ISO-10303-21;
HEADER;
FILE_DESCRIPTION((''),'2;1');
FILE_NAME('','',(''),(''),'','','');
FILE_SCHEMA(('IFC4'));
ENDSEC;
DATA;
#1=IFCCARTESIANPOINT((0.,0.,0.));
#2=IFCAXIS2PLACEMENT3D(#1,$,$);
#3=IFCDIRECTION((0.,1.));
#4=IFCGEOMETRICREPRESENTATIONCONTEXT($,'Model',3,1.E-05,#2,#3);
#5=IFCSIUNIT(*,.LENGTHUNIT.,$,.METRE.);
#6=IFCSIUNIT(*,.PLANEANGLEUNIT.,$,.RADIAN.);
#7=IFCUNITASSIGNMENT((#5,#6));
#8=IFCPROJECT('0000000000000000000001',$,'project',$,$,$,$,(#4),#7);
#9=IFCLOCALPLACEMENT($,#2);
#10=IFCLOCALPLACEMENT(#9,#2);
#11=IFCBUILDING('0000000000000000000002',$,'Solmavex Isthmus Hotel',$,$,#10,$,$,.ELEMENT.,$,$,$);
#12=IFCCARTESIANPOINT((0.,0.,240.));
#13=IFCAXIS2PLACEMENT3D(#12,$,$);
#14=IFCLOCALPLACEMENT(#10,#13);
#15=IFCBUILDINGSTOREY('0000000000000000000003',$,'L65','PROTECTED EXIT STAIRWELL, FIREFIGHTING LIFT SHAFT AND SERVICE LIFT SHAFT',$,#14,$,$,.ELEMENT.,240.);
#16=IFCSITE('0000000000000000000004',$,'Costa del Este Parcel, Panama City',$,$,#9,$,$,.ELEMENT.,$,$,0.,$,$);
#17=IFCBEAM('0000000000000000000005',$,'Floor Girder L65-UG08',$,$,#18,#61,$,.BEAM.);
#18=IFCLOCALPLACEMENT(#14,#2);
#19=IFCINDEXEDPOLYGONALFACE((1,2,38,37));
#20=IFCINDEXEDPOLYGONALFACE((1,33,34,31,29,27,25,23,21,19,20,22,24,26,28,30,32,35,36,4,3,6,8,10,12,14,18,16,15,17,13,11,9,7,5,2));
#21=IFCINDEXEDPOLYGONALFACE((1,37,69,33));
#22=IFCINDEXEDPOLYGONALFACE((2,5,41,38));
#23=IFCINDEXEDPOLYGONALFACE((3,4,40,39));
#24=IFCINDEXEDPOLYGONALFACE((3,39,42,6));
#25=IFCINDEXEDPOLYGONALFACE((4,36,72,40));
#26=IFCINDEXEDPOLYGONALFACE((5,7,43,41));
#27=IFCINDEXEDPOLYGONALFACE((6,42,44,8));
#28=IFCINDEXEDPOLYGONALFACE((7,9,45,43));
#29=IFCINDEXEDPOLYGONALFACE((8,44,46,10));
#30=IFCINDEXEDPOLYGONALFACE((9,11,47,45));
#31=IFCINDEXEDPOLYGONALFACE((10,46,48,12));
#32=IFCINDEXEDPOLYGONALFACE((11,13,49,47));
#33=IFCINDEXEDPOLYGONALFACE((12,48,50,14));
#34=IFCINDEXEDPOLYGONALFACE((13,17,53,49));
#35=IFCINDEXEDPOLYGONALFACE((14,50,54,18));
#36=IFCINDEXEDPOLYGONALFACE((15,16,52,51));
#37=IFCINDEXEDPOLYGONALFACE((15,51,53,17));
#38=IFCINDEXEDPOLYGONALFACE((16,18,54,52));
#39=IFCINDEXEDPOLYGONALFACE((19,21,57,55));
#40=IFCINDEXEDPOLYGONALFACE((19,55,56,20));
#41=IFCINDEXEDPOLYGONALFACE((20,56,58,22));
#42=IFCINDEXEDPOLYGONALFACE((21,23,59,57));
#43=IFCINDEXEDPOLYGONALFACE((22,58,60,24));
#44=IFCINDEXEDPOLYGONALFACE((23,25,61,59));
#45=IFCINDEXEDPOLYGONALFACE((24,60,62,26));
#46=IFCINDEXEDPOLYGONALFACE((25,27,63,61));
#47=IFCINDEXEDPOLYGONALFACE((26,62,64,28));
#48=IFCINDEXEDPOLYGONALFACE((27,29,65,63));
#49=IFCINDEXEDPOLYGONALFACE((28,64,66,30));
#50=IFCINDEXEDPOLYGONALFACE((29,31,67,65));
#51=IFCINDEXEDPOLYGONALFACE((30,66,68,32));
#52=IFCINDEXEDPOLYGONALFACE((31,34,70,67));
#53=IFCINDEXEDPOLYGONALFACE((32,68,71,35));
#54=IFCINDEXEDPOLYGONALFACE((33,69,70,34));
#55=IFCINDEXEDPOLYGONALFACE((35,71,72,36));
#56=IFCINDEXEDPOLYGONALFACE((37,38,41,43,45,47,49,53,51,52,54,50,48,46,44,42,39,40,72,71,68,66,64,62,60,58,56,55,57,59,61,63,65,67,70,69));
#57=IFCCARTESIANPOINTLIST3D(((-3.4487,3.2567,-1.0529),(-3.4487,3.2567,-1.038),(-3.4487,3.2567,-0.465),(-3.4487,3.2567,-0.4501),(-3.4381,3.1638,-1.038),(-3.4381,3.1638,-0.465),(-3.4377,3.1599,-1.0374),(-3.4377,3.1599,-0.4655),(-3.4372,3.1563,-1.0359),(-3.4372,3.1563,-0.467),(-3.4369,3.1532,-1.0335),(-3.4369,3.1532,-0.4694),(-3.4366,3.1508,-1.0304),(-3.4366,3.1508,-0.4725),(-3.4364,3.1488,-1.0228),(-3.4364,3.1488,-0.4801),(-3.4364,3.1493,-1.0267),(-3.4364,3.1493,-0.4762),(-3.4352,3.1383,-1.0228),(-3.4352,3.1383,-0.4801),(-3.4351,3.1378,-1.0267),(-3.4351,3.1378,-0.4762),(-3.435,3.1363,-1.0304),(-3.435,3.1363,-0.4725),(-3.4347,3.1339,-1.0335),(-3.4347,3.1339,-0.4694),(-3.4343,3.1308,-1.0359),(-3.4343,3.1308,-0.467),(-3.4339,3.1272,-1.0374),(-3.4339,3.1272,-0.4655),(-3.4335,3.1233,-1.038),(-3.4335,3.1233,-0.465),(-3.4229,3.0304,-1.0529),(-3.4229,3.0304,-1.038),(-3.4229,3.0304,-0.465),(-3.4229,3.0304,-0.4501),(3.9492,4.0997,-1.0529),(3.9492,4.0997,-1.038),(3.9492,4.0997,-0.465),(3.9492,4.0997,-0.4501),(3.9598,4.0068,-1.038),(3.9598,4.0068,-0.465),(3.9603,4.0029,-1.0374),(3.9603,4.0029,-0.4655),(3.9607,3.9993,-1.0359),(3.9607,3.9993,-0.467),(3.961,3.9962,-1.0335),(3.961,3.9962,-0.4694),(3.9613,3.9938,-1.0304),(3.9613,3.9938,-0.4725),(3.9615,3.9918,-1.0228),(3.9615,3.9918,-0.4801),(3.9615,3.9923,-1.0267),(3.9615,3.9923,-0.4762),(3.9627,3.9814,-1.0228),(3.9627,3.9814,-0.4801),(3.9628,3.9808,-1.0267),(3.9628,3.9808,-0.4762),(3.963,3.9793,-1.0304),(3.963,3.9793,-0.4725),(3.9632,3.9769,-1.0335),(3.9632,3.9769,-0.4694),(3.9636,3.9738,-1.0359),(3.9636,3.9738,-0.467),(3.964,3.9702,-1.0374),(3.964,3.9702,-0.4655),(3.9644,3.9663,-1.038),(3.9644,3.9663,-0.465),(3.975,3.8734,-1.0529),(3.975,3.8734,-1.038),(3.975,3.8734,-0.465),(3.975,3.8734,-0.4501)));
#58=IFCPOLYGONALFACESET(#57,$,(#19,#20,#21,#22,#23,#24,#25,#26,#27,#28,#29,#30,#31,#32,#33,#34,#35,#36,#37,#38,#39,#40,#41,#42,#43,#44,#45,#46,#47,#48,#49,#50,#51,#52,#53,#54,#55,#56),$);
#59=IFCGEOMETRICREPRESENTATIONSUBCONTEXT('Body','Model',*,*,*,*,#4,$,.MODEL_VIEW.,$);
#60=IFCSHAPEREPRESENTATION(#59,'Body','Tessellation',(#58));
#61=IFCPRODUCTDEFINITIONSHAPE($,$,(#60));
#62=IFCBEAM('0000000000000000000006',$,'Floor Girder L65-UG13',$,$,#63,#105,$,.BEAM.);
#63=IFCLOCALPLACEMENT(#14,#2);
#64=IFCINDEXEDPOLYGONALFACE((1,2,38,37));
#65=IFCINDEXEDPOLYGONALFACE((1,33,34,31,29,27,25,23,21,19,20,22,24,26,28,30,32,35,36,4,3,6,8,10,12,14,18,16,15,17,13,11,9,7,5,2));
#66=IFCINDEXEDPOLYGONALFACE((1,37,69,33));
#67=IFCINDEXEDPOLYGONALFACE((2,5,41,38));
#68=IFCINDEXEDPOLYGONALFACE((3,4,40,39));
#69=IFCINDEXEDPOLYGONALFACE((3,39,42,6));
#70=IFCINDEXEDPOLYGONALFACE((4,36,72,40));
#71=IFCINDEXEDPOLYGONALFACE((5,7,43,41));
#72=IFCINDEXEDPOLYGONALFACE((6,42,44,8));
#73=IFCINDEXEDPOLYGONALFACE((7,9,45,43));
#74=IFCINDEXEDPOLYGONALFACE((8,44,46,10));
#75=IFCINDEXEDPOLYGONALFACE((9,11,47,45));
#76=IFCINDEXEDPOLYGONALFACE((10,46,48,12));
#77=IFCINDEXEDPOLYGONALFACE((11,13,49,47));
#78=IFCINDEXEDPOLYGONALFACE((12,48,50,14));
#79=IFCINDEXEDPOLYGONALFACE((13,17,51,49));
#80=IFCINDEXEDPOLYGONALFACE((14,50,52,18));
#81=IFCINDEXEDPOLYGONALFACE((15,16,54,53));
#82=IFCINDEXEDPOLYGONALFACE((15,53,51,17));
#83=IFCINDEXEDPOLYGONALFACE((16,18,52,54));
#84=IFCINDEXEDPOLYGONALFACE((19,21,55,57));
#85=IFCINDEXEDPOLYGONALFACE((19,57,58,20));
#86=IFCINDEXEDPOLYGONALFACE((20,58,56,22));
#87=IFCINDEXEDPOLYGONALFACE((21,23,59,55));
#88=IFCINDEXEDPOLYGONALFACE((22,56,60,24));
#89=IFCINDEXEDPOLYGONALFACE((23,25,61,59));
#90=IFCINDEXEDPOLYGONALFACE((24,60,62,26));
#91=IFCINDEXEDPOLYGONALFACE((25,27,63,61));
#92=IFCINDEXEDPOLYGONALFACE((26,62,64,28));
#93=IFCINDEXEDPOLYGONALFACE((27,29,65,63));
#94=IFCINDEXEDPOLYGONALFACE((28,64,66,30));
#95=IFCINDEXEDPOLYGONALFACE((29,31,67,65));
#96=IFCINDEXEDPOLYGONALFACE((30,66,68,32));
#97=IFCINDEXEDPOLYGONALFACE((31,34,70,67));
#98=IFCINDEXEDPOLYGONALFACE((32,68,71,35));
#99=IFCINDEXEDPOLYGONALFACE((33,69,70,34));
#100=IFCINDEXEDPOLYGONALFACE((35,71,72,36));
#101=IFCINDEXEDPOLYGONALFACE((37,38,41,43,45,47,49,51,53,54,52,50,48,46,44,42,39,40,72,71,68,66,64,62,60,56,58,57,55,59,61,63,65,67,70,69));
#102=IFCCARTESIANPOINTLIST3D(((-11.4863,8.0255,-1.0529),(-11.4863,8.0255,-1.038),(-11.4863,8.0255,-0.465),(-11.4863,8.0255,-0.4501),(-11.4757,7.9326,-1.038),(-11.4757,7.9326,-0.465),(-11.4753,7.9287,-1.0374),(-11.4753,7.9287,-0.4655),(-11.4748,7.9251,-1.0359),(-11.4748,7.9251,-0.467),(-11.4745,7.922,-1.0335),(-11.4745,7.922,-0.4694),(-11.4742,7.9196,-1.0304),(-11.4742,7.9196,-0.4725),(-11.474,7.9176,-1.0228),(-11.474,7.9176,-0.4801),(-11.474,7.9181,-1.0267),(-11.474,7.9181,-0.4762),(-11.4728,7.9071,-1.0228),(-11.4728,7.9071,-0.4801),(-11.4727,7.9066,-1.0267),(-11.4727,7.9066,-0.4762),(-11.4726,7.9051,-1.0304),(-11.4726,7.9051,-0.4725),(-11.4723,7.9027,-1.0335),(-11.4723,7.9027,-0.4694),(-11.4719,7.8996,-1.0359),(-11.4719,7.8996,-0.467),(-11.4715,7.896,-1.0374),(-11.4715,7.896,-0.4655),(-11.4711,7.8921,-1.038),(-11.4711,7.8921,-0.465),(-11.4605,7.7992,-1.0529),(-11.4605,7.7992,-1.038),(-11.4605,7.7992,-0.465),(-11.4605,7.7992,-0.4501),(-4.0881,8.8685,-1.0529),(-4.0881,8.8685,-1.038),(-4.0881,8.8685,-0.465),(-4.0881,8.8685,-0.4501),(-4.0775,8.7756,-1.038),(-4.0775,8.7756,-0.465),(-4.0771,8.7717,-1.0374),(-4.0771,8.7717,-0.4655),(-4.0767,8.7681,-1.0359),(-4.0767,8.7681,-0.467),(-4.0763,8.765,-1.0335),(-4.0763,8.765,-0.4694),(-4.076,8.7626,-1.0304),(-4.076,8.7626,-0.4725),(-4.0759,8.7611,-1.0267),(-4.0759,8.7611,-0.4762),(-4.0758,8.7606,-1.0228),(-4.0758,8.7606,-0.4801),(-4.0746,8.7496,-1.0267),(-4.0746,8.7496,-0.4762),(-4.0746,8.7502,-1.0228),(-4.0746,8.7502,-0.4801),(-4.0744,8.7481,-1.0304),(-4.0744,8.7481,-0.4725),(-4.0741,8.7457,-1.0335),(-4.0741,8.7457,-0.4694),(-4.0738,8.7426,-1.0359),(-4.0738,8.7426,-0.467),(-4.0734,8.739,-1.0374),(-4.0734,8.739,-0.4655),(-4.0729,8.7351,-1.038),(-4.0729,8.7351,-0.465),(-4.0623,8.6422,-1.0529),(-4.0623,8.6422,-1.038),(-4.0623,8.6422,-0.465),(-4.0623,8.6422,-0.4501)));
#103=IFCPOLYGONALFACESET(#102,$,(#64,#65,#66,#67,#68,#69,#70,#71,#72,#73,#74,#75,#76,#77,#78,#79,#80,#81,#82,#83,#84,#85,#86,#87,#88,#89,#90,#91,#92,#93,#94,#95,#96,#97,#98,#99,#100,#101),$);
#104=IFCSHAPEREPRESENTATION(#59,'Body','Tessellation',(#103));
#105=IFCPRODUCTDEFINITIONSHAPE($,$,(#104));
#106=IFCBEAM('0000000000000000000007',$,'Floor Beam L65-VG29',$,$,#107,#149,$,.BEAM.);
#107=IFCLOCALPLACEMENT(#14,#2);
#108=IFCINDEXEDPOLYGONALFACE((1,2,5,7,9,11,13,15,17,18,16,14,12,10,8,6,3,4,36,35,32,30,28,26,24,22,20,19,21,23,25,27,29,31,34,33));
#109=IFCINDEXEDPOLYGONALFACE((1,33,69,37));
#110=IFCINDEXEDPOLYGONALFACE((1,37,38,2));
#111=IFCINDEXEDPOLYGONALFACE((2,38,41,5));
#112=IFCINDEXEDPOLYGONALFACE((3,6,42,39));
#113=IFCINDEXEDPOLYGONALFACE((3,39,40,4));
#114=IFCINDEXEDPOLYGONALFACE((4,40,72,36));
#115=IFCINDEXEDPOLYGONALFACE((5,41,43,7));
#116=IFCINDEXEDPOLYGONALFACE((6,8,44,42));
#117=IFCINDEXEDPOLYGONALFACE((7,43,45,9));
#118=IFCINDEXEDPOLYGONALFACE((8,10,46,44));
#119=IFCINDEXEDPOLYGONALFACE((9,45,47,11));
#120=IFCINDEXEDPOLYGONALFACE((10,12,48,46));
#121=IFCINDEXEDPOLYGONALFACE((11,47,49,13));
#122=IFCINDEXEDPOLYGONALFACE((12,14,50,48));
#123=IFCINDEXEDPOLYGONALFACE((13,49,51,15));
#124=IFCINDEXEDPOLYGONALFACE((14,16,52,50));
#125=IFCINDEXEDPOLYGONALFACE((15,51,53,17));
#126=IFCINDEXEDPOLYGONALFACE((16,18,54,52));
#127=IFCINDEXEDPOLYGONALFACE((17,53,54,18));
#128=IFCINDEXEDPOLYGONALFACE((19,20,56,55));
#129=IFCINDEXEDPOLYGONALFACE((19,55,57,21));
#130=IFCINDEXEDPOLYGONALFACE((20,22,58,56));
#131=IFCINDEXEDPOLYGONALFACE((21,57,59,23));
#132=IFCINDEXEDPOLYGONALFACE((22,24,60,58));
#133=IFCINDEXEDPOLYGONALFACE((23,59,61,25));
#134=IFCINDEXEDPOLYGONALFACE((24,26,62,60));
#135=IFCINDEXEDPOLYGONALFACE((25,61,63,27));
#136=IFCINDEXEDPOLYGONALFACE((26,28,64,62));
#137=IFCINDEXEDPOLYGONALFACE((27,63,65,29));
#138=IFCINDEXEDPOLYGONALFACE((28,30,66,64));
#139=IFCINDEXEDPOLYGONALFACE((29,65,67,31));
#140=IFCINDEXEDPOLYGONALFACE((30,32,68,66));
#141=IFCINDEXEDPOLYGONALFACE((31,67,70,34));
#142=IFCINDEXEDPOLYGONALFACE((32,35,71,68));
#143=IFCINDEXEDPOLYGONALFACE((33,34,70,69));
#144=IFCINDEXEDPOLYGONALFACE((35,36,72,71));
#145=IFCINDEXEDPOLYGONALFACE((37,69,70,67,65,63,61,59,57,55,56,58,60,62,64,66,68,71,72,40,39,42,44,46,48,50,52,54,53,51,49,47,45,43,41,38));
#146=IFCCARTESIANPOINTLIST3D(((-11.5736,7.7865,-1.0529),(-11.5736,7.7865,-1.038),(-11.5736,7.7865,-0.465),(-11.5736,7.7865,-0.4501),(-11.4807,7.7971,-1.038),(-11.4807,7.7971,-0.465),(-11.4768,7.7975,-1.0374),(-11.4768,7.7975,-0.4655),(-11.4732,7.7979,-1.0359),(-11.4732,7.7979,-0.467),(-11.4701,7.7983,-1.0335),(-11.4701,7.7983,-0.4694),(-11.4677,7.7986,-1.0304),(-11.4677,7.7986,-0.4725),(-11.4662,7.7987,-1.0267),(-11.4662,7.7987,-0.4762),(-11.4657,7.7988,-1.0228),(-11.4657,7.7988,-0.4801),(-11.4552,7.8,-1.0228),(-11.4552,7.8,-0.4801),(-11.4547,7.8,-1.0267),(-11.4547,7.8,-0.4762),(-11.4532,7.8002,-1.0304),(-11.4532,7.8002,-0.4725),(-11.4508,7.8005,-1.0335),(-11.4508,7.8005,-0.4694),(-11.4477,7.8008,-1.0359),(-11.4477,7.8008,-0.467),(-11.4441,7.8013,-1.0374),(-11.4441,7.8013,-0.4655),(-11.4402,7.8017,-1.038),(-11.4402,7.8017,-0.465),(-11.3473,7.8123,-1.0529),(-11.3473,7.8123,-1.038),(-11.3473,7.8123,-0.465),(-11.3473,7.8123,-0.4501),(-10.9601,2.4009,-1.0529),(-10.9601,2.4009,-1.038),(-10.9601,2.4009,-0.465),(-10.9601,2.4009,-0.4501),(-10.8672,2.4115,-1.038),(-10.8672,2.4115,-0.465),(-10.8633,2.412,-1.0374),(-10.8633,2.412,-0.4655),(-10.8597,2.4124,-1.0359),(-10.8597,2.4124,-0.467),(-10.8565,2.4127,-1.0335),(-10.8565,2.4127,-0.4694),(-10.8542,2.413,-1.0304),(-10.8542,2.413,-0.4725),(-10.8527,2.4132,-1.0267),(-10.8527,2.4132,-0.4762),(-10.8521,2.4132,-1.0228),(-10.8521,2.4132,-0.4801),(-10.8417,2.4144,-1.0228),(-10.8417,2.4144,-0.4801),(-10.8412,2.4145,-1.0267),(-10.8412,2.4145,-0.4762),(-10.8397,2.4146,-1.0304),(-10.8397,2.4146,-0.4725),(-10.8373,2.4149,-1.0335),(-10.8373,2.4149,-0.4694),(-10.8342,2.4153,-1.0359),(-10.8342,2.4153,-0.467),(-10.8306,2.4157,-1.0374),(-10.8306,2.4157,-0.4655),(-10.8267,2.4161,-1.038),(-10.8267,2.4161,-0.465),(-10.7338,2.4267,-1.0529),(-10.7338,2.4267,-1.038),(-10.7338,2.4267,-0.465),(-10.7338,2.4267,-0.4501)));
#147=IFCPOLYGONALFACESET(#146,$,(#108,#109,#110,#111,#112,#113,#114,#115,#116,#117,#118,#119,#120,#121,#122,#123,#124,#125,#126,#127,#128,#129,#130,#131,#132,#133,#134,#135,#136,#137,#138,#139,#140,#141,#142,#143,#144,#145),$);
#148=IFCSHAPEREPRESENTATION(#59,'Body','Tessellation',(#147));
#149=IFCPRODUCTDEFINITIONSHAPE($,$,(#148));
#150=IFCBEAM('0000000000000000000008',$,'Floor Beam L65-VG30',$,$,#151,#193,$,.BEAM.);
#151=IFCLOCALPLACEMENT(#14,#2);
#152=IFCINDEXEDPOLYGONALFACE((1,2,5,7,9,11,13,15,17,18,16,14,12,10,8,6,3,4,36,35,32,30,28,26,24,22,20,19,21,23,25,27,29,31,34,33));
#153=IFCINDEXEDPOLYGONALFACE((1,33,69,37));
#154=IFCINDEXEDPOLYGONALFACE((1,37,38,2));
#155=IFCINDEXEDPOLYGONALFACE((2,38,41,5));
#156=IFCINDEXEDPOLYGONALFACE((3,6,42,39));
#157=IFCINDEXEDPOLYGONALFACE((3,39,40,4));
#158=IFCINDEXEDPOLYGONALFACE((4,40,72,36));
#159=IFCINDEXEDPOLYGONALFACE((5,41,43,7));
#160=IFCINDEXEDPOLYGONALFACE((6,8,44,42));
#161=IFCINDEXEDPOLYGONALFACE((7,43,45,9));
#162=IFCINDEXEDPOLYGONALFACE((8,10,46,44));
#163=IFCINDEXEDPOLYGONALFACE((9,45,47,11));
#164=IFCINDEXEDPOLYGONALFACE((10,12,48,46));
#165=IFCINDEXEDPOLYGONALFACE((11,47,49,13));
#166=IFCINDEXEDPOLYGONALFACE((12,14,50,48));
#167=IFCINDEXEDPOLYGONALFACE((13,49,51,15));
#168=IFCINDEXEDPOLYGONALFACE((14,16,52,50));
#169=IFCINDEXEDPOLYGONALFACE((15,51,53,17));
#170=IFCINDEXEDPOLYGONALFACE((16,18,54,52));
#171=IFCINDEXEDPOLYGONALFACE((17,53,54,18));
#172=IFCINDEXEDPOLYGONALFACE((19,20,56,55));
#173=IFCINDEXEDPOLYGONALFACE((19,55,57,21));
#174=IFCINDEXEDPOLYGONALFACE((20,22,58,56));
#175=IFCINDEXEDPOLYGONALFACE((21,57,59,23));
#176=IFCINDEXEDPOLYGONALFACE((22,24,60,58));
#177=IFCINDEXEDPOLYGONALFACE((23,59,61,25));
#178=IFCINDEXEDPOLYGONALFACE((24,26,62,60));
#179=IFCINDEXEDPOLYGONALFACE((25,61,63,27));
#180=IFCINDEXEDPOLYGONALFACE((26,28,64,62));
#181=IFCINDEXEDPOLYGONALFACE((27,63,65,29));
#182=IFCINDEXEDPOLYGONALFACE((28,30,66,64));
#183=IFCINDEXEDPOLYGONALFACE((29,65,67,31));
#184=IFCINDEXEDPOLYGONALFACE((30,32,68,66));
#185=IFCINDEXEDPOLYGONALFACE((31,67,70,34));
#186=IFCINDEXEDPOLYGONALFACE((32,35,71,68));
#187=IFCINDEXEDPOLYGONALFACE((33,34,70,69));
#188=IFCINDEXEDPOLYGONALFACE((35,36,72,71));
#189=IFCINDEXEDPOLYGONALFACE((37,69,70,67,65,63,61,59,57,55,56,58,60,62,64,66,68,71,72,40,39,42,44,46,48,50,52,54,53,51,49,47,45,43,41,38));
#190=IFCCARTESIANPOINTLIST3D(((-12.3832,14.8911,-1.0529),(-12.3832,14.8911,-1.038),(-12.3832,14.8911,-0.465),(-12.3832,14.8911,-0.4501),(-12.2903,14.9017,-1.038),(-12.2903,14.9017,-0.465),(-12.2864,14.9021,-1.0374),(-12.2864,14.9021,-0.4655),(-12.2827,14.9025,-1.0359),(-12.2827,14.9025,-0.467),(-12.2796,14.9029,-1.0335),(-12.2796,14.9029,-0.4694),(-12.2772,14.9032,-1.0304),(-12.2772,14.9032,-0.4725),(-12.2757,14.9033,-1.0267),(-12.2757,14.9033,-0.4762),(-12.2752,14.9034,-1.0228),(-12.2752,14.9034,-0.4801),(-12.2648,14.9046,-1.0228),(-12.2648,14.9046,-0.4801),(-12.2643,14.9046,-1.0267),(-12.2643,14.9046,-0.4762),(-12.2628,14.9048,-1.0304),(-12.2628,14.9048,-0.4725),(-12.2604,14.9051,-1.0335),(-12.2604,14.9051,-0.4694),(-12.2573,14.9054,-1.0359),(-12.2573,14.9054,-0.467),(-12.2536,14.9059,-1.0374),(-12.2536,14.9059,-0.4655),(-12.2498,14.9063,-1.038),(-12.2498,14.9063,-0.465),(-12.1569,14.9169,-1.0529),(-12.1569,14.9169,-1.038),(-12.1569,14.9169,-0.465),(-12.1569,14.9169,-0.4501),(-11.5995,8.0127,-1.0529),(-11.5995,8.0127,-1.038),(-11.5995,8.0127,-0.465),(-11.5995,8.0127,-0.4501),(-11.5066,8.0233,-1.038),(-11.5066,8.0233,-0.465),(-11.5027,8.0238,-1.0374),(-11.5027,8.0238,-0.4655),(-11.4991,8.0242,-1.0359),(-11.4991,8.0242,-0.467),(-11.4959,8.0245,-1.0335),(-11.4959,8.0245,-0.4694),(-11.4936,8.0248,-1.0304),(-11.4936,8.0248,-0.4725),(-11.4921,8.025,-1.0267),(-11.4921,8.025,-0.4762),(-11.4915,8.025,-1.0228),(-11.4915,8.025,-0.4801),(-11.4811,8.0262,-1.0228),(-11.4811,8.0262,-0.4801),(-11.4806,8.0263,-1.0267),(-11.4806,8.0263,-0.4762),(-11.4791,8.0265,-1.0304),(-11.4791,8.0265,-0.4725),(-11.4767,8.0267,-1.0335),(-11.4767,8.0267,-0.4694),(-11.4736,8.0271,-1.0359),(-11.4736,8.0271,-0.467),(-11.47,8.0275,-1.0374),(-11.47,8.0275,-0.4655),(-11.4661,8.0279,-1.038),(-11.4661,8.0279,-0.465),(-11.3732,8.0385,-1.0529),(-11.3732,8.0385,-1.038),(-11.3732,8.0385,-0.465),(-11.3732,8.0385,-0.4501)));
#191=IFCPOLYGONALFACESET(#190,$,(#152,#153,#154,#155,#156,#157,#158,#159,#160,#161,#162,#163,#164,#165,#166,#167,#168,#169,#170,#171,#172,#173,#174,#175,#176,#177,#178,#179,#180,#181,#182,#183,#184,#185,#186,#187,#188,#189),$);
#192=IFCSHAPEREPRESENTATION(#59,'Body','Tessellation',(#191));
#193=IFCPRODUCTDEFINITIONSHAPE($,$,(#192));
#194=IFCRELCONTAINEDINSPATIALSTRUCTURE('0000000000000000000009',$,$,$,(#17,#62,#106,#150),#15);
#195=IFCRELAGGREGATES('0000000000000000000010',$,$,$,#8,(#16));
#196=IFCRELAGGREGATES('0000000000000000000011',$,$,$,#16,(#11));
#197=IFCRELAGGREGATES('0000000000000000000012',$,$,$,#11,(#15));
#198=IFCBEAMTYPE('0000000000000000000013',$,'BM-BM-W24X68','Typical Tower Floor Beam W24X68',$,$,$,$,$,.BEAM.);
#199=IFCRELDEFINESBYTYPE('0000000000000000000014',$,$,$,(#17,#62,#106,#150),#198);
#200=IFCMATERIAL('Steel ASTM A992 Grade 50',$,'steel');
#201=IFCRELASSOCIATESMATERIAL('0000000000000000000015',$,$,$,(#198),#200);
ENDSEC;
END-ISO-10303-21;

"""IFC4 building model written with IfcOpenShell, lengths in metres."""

from ifc_helpers import new_model, si_unit, direction, frame, origin, origin_2d, place, context, subcontext, project, spatial, i_section, extrude, material, material_profile, profile_set, type_object, element, save


model = new_model("IFC4")

# Units and contexts
model_context = context("Model", 3, precision=1e-05, world=origin(), true_north=direction((0.0, 1.0)))
body_context = subcontext(model_context, "Body", "Model", "MODEL_VIEW")
ifc_project = project(units=[si_unit("LENGTHUNIT", "METRE"), si_unit("PLANEANGLEUNIT", "RADIAN")], contexts=[model_context])

# Site, building, storey
site_placement = place(None, origin())
site = spatial("IfcSite", under=ifc_project, at=site_placement, Name="Costa del Este Parcel, Panama City", CompositionType="ELEMENT", RefElevation=0.0)
building_placement = place(site_placement, origin())
building = spatial("IfcBuilding", under=site, at=building_placement, Name="Solmavex Isthmus Hotel", CompositionType="ELEMENT")
storey_placement = place(building_placement, frame((0.0, 0.0, 240.0)))
storey = spatial("IfcBuildingStorey", under=building, at=storey_placement, Name="L65", Description="PROTECTED EXIT STAIRWELL, FIREFIGHTING LIFT SHAFT AND SERVICE LIFT SHAFT", CompositionType="ELEMENT", Elevation=240.0)

# Beams
ifc_material_1 = material(Name="Steel ASTM A992 Grade 50", Category="steel")
ifc_material_profile_1 = material_profile(ifc_material_1, i_section(OverallWidth=0.2278, OverallDepth=0.6028, WebThickness=0.0105, FlangeThickness=0.0149, FilletRadius=0.0151, at=origin_2d()), Name="W24X68")
ifc_profile_set_1 = profile_set([ifc_material_profile_1], Name="Steel ASTM A992 Grade 50")
beam_type_1 = type_object("IfcBeamType", Name="BM-BM-W24X68", Description="Typical Tower Floor Beam W24X68", PredefinedType="BEAM", material=ifc_profile_set_1)
beam_1_placement = place(storey_placement, frame((-3.4358, 3.1436, -0.7515), z_axis=(0.99357, 0.11322, 0.0), x_axis=(-0.11322, 0.99357, 0.0)))
element("IfcBeam", 1, at=beam_1_placement, inside=storey, type_object=beam_type_1, Name="Floor Girder L65-UG08", PredefinedType="BEAM", context=body_context, shape_type="SweptSolid", body=[
    extrude(i_section(OverallWidth=0.2278, OverallDepth=0.6028, WebThickness=0.0105, FlangeThickness=0.0149, FilletRadius=0.0151, at=origin_2d()), origin(), (0.0, 0.0, 1.0), 7.4458),
])
beam_2_placement = place(storey_placement, frame((-11.4734, 7.9124, -0.7515), z_axis=(0.99357, 0.113216, 0.0), x_axis=(-0.113216, 0.99357, 0.0)))
element("IfcBeam", 2, at=beam_2_placement, inside=storey, type_object=beam_type_1, Name="Floor Girder L65-UG13", PredefinedType="BEAM", context=body_context, shape_type="SweptSolid", body=[
    extrude(i_section(OverallWidth=0.2278, OverallDepth=0.6028, WebThickness=0.0105, FlangeThickness=0.0149, FilletRadius=0.0151, at=origin_2d()), origin(), (0.0, 0.0, 1.0), 7.446),
])
beam_3_placement = place(storey_placement, frame((-10.8469, 2.4138, -0.7515), z_axis=(-0.11319, 0.993573, 0.0), x_axis=(-0.993573, -0.11319, 0.0)))
element("IfcBeam", 3, at=beam_3_placement, inside=storey, type_object=beam_type_1, Name="Floor Beam L65-VG29", PredefinedType="BEAM", context=body_context, shape_type="SweptSolid", body=[
    extrude(i_section(OverallWidth=0.2278, OverallDepth=0.6028, WebThickness=0.0105, FlangeThickness=0.0149, FilletRadius=0.0151, at=origin_2d()), origin(), (0.0, 0.0, 1.0), 5.4204),
])
beam_4_placement = place(storey_placement, frame((-11.4863, 8.0256, -0.7515), z_axis=(-0.113202, 0.993572, 0.0), x_axis=(-0.993572, -0.113202, 0.0)))
element("IfcBeam", 4, at=beam_4_placement, inside=storey, type_object=beam_type_1, Name="Floor Beam L65-VG30", PredefinedType="BEAM", context=body_context, shape_type="SweptSolid", body=[
    extrude(i_section(OverallWidth=0.2278, OverallDepth=0.6028, WebThickness=0.0105, FlangeThickness=0.0149, FilletRadius=0.0151, at=origin_2d()), origin(), (0.0, 0.0, 1.0), 6.9229),
])

save(model, "model.ifc")
